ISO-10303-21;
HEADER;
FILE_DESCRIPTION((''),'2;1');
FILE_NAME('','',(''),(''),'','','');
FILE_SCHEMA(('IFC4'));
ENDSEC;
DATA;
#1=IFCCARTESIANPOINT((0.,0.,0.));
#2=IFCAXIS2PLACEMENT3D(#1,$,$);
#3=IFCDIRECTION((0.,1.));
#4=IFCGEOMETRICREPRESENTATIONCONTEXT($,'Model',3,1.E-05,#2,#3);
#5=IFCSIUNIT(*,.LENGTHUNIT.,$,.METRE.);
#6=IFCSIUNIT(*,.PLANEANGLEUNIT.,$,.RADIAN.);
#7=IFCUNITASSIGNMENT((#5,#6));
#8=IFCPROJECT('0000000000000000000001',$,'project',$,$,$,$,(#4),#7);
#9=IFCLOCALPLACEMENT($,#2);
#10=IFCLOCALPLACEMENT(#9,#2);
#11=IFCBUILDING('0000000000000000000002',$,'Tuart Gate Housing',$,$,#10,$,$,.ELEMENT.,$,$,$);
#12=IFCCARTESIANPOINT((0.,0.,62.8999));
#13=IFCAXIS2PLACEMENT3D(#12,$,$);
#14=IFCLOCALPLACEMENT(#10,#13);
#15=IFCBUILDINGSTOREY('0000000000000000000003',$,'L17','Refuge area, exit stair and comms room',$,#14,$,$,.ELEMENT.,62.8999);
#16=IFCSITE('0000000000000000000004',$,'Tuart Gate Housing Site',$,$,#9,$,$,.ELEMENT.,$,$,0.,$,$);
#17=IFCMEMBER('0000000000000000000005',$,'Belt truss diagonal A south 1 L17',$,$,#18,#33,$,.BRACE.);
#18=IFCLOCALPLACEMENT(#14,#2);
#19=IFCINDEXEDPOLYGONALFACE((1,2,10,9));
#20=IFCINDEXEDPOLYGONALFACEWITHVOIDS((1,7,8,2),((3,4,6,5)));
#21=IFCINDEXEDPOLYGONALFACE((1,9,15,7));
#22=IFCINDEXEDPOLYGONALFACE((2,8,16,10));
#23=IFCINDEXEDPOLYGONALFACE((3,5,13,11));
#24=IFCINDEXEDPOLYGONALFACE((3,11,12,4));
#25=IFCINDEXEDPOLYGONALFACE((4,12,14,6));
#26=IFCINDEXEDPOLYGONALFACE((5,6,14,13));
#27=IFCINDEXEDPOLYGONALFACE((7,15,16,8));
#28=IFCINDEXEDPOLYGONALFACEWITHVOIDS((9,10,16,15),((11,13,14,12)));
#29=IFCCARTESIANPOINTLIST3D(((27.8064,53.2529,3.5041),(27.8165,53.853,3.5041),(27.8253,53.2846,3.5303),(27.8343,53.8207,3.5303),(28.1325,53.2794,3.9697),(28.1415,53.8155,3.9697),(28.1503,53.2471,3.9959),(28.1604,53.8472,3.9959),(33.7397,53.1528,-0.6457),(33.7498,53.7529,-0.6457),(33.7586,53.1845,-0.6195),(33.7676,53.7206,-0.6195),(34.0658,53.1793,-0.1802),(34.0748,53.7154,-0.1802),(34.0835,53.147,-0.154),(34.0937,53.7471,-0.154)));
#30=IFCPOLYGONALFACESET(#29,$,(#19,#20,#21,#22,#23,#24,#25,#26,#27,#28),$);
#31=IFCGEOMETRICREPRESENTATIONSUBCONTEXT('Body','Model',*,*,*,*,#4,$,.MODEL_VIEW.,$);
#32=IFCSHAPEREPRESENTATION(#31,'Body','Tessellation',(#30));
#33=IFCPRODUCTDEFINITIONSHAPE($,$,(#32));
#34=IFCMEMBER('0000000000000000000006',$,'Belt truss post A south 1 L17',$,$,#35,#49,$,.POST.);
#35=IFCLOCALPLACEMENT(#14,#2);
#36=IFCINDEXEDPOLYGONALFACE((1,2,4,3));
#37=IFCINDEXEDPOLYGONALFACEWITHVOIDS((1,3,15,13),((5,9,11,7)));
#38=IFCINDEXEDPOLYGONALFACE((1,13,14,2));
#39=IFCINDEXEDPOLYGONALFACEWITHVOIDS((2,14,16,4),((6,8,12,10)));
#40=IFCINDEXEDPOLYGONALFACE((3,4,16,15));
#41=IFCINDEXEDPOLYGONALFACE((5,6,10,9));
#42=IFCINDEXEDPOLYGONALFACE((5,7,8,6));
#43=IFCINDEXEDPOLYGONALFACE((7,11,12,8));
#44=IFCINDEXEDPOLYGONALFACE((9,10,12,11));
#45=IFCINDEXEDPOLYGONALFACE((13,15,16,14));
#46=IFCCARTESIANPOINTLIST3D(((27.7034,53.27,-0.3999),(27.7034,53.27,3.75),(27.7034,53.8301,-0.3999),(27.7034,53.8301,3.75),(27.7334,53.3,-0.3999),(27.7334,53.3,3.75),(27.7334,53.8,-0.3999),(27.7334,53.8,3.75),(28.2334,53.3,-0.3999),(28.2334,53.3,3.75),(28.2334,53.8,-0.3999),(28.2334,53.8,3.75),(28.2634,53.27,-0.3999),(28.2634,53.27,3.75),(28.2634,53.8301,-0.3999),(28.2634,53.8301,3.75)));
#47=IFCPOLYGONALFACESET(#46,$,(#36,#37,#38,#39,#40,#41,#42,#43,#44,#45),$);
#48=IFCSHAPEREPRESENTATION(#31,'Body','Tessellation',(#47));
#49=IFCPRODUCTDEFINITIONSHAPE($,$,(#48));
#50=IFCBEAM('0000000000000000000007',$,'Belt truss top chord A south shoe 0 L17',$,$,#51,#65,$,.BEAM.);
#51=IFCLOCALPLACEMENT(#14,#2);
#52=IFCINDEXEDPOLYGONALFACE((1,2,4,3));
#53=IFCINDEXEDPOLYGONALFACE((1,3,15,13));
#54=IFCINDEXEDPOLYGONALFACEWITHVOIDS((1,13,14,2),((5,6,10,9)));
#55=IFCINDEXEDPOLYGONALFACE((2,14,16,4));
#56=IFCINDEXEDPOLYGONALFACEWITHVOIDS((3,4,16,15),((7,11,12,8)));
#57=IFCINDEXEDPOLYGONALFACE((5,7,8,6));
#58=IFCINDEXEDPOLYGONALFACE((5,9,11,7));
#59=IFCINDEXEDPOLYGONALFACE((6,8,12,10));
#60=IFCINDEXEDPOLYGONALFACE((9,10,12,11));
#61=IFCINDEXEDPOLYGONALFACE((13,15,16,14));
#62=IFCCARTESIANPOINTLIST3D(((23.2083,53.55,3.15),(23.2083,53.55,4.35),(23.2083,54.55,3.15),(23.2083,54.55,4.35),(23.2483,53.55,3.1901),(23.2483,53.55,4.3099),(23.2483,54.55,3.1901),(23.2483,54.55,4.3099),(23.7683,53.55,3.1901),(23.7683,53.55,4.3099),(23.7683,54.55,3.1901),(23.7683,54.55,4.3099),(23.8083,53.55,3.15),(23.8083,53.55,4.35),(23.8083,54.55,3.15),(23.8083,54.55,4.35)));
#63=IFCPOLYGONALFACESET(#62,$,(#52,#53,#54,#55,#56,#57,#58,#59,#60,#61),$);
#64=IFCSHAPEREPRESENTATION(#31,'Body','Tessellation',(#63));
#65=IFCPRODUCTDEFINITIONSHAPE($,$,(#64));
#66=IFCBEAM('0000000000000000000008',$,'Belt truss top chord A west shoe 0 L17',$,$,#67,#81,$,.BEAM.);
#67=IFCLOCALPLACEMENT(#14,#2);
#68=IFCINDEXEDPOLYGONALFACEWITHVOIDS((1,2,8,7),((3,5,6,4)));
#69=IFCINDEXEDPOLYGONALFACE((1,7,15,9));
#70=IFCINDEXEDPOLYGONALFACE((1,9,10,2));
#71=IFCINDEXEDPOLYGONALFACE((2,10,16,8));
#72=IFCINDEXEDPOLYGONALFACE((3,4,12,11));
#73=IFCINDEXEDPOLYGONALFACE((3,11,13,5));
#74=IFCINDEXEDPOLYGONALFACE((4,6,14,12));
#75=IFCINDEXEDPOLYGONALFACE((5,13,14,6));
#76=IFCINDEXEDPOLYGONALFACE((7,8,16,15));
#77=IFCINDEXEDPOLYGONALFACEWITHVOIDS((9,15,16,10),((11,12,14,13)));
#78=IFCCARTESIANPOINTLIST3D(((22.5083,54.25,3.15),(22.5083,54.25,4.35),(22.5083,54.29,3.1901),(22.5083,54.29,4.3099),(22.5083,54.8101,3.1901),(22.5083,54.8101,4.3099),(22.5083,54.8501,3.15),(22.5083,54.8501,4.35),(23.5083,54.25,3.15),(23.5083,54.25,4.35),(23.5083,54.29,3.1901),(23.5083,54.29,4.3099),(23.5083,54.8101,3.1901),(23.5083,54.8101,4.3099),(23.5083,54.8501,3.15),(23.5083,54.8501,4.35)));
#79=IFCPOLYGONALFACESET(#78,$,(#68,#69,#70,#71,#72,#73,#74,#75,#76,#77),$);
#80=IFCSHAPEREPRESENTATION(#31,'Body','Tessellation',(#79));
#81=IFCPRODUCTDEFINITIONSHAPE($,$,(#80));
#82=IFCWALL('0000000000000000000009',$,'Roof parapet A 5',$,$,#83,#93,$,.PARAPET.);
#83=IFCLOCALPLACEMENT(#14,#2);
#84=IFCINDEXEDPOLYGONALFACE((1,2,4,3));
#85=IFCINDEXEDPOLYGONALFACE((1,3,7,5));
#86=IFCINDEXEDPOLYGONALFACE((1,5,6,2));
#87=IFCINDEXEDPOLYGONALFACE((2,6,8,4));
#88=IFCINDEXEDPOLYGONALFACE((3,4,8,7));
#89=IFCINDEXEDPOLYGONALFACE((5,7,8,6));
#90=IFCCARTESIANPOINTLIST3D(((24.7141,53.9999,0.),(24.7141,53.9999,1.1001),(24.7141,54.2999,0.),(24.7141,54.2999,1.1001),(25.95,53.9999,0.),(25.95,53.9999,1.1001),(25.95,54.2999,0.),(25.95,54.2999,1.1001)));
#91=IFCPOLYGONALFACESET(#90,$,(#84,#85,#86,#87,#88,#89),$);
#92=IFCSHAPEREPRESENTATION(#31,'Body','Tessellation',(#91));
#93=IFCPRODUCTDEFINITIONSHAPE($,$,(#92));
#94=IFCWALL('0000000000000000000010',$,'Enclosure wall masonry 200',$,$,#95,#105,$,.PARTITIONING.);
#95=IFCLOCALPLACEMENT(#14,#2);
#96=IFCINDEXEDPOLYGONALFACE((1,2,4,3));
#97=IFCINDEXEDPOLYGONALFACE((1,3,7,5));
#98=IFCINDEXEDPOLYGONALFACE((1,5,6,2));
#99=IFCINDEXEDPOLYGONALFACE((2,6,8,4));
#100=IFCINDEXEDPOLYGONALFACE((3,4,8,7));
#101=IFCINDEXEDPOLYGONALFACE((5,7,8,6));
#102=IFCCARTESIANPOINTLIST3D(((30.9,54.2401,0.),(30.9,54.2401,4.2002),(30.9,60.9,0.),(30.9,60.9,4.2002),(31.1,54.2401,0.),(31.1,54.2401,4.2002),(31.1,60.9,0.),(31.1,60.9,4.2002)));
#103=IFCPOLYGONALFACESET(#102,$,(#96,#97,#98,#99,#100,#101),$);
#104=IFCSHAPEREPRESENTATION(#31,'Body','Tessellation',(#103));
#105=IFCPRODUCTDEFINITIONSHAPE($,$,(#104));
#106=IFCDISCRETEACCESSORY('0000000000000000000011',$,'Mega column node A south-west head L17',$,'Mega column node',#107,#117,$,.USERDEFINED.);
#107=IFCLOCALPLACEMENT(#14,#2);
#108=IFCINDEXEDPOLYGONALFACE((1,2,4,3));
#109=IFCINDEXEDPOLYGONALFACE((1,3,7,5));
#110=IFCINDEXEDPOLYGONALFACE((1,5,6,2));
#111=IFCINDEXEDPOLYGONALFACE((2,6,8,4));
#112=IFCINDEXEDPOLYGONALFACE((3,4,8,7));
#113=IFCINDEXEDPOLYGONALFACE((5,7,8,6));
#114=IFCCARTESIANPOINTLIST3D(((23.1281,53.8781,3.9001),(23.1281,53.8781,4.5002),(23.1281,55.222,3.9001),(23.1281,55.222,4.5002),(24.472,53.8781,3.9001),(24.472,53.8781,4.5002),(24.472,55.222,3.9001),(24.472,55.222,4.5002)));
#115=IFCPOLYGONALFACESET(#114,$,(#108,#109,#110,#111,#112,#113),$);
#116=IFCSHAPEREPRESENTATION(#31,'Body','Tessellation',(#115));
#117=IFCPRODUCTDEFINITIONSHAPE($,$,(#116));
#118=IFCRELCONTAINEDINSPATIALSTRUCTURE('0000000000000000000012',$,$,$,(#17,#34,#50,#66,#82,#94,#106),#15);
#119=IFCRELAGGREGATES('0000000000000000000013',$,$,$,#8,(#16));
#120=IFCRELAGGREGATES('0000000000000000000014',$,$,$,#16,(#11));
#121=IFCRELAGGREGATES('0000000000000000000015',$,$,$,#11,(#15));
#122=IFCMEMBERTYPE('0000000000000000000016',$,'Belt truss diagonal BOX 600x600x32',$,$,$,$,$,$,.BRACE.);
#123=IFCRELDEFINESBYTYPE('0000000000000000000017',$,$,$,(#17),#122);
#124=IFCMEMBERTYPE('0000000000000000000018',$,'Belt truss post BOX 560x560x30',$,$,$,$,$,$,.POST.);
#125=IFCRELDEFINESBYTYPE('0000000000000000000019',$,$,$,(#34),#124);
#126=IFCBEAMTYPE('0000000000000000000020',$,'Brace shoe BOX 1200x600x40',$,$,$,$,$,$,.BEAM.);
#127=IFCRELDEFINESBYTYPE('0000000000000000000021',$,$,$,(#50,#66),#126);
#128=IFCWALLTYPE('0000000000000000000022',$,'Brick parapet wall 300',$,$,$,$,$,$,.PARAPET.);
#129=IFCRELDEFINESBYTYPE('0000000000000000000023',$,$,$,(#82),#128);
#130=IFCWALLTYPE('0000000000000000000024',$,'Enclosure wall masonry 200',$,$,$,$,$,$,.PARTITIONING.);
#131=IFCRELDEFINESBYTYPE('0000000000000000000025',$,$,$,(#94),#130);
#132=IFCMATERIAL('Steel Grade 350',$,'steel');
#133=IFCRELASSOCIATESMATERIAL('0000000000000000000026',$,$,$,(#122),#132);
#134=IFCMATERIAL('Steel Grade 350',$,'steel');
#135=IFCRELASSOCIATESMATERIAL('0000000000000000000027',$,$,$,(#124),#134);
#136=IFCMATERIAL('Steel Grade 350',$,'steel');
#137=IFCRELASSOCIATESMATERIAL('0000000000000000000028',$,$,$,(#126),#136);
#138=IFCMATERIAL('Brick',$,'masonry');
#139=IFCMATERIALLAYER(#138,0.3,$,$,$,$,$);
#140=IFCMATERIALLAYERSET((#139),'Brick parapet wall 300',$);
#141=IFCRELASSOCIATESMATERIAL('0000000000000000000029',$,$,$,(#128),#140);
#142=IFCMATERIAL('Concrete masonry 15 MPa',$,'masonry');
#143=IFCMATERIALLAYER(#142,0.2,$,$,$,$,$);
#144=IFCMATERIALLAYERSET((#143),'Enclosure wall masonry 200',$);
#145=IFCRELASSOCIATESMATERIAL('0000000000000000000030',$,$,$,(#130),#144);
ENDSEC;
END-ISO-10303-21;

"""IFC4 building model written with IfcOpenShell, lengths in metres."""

from ifc_helpers import new_model, si_unit, direction, frame, frame_2d, origin, origin_2d, place, context, subcontext, project, spatial, rectangle, hollow_rectangle, extrude, material, layer, layer_set, material_profile, profile_set, type_object, element, save


model = new_model("IFC4")

# Units and contexts
model_context = context("Model", 3, precision=1e-05, world=origin(), true_north=direction((0.0, 1.0)))
body_context = subcontext(model_context, "Body", "Model", "MODEL_VIEW")
ifc_project = project(units=[si_unit("LENGTHUNIT", "METRE"), si_unit("PLANEANGLEUNIT", "RADIAN")], contexts=[model_context])

# Site, building, storey
site_placement = place(None, origin())
site = spatial("IfcSite", under=ifc_project, at=site_placement, Name="Tuart Gate Housing Site", CompositionType="ELEMENT", RefElevation=0.0)
building_placement = place(site_placement, origin())
building = spatial("IfcBuilding", under=site, at=building_placement, Name="Tuart Gate Housing", CompositionType="ELEMENT")
storey_placement = place(building_placement, frame((0.0, 0.0, 62.8999)))
storey = spatial("IfcBuildingStorey", under=building, at=storey_placement, Name="L17", Description="Refuge area, exit stair and comms room", CompositionType="ELEMENT", Elevation=62.8999)

# Members
ifc_material_1 = material(Name="Steel Grade 350", Category="steel")
ifc_material_profile_1 = material_profile(ifc_material_1, hollow_rectangle(XDim=0.6001, YDim=0.6001, WallThickness=0.032, at=origin_2d()), Name="BOX 600x600x32")
ifc_profile_set_1 = profile_set([ifc_material_profile_1], Name="Steel Grade 350")
member_type_1 = type_object("IfcMemberType", Name="Belt truss diagonal BOX 600x600x32", PredefinedType="BRACE", material=ifc_profile_set_1)
member_1_placement = place(storey_placement, frame((27.9834, 53.55, 3.75), z_axis=(0.819377, -0.013823, -0.573088), x_axis=(0.016868, 0.999858, 0.0)))
element("IfcMember", 1, at=member_1_placement, inside=storey, type_object=member_type_1, Name="Belt truss diagonal A south 1 L17", PredefinedType="BRACE", context=body_context, shape_type="SweptSolid", body=[
    extrude(hollow_rectangle(XDim=0.6001, YDim=0.6001, WallThickness=0.032, at=origin_2d()), origin(), (0.0, 0.0, 1.0), 7.2412),
])
ifc_material_2 = material(Name="Steel Grade 350", Category="steel")
ifc_material_profile_2 = material_profile(ifc_material_2, hollow_rectangle(XDim=0.5601, YDim=0.5601, WallThickness=0.03, at=origin_2d()), Name="BOX 560x560x30")
ifc_profile_set_2 = profile_set([ifc_material_profile_2], Name="Steel Grade 350")
member_type_2 = type_object("IfcMemberType", Name="Belt truss post BOX 560x560x30", PredefinedType="POST", material=ifc_profile_set_2)
member_2_placement = place(storey_placement, frame((27.9834, 53.55, -0.3999), z_axis=(0.0, 0.0, 1.0), x_axis=(1.0, 0.0, 0.0)))
element("IfcMember", 2, at=member_2_placement, inside=storey, type_object=member_type_2, Name="Belt truss post A south 1 L17", PredefinedType="POST", context=body_context, shape_type="SweptSolid", body=[
    extrude(hollow_rectangle(XDim=0.5601, YDim=0.5601, WallThickness=0.03, at=origin_2d()), origin(), (0.0, 0.0, 1.0), 4.1499),
])

# Beams
ifc_material_3 = material(Name="Steel Grade 350", Category="steel")
ifc_material_profile_3 = material_profile(ifc_material_3, hollow_rectangle(XDim=0.6001, YDim=1.2, WallThickness=0.04, at=origin_2d()), Name="BOX 1200x600x40")
ifc_profile_set_3 = profile_set([ifc_material_profile_3], Name="Steel Grade 350")
beam_type = type_object("IfcBeamType", Name="Brace shoe BOX 1200x600x40", PredefinedType="BEAM", material=ifc_profile_set_3)
for number, where, z_axis, x_axis, name in (
    (3, (23.5083, 54.55, 3.75), (0.0, -1.0, 0.0), (1.0, 0.0, 0.0), "Belt truss top chord A south shoe 0 L17"),
    (4, (23.5083, 54.55, 3.75), (-1.0, 0.0, 0.0), (0.0, -1.0, 0.0), "Belt truss top chord A west shoe 0 L17"),
):
    element("IfcBeam", number, at=place(storey_placement, frame(where, z_axis=z_axis, x_axis=x_axis)), inside=storey, type_object=beam_type, Name=name, PredefinedType="BEAM", context=body_context, shape_type="SweptSolid", body=[
        extrude(hollow_rectangle(XDim=0.6001, YDim=1.2, WallThickness=0.04, at=origin_2d()), origin(), (0.0, 0.0, 1.0), 1.0),
    ])

# Wall
ifc_material_4 = material(Name="Brick", Category="masonry")
ifc_layer_1 = layer(ifc_material_4, 0.3)
ifc_layer_set_1 = layer_set([ifc_layer_1], Name="Brick parapet wall 300")
wall_type_1 = type_object("IfcWallType", Name="Brick parapet wall 300", PredefinedType="PARAPET", material=ifc_layer_set_1)
wall_1_placement = place(storey_placement, frame((24.7141, 54.1499, 0.0), z_axis=(0.0, 0.0, 1.0), x_axis=(1.0, 0.0, 0.0)))
element("IfcWall", 5, at=wall_1_placement, inside=storey, type_object=wall_type_1, Name="Roof parapet A 5", PredefinedType="PARAPET", context=body_context, shape_type="SweptSolid", body=[
    extrude(rectangle(XDim=1.2358, YDim=0.3, at=frame_2d((0.6179, 0.0))), origin(), (0.0, 0.0, 1.0), 1.1001),
])

# Wall
ifc_material_5 = material(Name="Concrete masonry 15 MPa", Category="masonry")
ifc_layer_2 = layer(ifc_material_5, 0.2)
ifc_layer_set_2 = layer_set([ifc_layer_2], Name="Enclosure wall masonry 200")
wall_type_2 = type_object("IfcWallType", Name="Enclosure wall masonry 200", PredefinedType="PARTITIONING", material=ifc_layer_set_2)
wall_2_placement = place(storey_placement, frame((31.0, 54.24, 0.0), z_axis=(0.0, 0.0, 1.0), x_axis=(0.0, 1.0, 0.0)))
element("IfcWall", 6, at=wall_2_placement, inside=storey, type_object=wall_type_2, Name="Enclosure wall masonry 200", PredefinedType="PARTITIONING", context=body_context, shape_type="SweptSolid", body=[
    extrude(rectangle(XDim=6.6599, YDim=0.2, at=frame_2d((3.3301, 0.0))), origin(), (0.0, 0.0, 1.0), 4.2002),
])

# Discrete accessory
discrete_accessory_placement = place(storey_placement, frame((23.8, 54.55, 3.9001), z_axis=(0.0, 0.0, 1.0), x_axis=(1.0, 0.0, 0.0)))
element("IfcDiscreteAccessory", 7, at=discrete_accessory_placement, inside=storey, Name="Mega column node A south-west head L17", ObjectType="Mega column node", PredefinedType="USERDEFINED", context=body_context, shape_type="SweptSolid", body=[
    extrude(rectangle(XDim=1.344, YDim=1.344, at=origin_2d()), origin(), (0.0, 0.0, 1.0), 0.6001),
])

save(model, "model.ifc")
